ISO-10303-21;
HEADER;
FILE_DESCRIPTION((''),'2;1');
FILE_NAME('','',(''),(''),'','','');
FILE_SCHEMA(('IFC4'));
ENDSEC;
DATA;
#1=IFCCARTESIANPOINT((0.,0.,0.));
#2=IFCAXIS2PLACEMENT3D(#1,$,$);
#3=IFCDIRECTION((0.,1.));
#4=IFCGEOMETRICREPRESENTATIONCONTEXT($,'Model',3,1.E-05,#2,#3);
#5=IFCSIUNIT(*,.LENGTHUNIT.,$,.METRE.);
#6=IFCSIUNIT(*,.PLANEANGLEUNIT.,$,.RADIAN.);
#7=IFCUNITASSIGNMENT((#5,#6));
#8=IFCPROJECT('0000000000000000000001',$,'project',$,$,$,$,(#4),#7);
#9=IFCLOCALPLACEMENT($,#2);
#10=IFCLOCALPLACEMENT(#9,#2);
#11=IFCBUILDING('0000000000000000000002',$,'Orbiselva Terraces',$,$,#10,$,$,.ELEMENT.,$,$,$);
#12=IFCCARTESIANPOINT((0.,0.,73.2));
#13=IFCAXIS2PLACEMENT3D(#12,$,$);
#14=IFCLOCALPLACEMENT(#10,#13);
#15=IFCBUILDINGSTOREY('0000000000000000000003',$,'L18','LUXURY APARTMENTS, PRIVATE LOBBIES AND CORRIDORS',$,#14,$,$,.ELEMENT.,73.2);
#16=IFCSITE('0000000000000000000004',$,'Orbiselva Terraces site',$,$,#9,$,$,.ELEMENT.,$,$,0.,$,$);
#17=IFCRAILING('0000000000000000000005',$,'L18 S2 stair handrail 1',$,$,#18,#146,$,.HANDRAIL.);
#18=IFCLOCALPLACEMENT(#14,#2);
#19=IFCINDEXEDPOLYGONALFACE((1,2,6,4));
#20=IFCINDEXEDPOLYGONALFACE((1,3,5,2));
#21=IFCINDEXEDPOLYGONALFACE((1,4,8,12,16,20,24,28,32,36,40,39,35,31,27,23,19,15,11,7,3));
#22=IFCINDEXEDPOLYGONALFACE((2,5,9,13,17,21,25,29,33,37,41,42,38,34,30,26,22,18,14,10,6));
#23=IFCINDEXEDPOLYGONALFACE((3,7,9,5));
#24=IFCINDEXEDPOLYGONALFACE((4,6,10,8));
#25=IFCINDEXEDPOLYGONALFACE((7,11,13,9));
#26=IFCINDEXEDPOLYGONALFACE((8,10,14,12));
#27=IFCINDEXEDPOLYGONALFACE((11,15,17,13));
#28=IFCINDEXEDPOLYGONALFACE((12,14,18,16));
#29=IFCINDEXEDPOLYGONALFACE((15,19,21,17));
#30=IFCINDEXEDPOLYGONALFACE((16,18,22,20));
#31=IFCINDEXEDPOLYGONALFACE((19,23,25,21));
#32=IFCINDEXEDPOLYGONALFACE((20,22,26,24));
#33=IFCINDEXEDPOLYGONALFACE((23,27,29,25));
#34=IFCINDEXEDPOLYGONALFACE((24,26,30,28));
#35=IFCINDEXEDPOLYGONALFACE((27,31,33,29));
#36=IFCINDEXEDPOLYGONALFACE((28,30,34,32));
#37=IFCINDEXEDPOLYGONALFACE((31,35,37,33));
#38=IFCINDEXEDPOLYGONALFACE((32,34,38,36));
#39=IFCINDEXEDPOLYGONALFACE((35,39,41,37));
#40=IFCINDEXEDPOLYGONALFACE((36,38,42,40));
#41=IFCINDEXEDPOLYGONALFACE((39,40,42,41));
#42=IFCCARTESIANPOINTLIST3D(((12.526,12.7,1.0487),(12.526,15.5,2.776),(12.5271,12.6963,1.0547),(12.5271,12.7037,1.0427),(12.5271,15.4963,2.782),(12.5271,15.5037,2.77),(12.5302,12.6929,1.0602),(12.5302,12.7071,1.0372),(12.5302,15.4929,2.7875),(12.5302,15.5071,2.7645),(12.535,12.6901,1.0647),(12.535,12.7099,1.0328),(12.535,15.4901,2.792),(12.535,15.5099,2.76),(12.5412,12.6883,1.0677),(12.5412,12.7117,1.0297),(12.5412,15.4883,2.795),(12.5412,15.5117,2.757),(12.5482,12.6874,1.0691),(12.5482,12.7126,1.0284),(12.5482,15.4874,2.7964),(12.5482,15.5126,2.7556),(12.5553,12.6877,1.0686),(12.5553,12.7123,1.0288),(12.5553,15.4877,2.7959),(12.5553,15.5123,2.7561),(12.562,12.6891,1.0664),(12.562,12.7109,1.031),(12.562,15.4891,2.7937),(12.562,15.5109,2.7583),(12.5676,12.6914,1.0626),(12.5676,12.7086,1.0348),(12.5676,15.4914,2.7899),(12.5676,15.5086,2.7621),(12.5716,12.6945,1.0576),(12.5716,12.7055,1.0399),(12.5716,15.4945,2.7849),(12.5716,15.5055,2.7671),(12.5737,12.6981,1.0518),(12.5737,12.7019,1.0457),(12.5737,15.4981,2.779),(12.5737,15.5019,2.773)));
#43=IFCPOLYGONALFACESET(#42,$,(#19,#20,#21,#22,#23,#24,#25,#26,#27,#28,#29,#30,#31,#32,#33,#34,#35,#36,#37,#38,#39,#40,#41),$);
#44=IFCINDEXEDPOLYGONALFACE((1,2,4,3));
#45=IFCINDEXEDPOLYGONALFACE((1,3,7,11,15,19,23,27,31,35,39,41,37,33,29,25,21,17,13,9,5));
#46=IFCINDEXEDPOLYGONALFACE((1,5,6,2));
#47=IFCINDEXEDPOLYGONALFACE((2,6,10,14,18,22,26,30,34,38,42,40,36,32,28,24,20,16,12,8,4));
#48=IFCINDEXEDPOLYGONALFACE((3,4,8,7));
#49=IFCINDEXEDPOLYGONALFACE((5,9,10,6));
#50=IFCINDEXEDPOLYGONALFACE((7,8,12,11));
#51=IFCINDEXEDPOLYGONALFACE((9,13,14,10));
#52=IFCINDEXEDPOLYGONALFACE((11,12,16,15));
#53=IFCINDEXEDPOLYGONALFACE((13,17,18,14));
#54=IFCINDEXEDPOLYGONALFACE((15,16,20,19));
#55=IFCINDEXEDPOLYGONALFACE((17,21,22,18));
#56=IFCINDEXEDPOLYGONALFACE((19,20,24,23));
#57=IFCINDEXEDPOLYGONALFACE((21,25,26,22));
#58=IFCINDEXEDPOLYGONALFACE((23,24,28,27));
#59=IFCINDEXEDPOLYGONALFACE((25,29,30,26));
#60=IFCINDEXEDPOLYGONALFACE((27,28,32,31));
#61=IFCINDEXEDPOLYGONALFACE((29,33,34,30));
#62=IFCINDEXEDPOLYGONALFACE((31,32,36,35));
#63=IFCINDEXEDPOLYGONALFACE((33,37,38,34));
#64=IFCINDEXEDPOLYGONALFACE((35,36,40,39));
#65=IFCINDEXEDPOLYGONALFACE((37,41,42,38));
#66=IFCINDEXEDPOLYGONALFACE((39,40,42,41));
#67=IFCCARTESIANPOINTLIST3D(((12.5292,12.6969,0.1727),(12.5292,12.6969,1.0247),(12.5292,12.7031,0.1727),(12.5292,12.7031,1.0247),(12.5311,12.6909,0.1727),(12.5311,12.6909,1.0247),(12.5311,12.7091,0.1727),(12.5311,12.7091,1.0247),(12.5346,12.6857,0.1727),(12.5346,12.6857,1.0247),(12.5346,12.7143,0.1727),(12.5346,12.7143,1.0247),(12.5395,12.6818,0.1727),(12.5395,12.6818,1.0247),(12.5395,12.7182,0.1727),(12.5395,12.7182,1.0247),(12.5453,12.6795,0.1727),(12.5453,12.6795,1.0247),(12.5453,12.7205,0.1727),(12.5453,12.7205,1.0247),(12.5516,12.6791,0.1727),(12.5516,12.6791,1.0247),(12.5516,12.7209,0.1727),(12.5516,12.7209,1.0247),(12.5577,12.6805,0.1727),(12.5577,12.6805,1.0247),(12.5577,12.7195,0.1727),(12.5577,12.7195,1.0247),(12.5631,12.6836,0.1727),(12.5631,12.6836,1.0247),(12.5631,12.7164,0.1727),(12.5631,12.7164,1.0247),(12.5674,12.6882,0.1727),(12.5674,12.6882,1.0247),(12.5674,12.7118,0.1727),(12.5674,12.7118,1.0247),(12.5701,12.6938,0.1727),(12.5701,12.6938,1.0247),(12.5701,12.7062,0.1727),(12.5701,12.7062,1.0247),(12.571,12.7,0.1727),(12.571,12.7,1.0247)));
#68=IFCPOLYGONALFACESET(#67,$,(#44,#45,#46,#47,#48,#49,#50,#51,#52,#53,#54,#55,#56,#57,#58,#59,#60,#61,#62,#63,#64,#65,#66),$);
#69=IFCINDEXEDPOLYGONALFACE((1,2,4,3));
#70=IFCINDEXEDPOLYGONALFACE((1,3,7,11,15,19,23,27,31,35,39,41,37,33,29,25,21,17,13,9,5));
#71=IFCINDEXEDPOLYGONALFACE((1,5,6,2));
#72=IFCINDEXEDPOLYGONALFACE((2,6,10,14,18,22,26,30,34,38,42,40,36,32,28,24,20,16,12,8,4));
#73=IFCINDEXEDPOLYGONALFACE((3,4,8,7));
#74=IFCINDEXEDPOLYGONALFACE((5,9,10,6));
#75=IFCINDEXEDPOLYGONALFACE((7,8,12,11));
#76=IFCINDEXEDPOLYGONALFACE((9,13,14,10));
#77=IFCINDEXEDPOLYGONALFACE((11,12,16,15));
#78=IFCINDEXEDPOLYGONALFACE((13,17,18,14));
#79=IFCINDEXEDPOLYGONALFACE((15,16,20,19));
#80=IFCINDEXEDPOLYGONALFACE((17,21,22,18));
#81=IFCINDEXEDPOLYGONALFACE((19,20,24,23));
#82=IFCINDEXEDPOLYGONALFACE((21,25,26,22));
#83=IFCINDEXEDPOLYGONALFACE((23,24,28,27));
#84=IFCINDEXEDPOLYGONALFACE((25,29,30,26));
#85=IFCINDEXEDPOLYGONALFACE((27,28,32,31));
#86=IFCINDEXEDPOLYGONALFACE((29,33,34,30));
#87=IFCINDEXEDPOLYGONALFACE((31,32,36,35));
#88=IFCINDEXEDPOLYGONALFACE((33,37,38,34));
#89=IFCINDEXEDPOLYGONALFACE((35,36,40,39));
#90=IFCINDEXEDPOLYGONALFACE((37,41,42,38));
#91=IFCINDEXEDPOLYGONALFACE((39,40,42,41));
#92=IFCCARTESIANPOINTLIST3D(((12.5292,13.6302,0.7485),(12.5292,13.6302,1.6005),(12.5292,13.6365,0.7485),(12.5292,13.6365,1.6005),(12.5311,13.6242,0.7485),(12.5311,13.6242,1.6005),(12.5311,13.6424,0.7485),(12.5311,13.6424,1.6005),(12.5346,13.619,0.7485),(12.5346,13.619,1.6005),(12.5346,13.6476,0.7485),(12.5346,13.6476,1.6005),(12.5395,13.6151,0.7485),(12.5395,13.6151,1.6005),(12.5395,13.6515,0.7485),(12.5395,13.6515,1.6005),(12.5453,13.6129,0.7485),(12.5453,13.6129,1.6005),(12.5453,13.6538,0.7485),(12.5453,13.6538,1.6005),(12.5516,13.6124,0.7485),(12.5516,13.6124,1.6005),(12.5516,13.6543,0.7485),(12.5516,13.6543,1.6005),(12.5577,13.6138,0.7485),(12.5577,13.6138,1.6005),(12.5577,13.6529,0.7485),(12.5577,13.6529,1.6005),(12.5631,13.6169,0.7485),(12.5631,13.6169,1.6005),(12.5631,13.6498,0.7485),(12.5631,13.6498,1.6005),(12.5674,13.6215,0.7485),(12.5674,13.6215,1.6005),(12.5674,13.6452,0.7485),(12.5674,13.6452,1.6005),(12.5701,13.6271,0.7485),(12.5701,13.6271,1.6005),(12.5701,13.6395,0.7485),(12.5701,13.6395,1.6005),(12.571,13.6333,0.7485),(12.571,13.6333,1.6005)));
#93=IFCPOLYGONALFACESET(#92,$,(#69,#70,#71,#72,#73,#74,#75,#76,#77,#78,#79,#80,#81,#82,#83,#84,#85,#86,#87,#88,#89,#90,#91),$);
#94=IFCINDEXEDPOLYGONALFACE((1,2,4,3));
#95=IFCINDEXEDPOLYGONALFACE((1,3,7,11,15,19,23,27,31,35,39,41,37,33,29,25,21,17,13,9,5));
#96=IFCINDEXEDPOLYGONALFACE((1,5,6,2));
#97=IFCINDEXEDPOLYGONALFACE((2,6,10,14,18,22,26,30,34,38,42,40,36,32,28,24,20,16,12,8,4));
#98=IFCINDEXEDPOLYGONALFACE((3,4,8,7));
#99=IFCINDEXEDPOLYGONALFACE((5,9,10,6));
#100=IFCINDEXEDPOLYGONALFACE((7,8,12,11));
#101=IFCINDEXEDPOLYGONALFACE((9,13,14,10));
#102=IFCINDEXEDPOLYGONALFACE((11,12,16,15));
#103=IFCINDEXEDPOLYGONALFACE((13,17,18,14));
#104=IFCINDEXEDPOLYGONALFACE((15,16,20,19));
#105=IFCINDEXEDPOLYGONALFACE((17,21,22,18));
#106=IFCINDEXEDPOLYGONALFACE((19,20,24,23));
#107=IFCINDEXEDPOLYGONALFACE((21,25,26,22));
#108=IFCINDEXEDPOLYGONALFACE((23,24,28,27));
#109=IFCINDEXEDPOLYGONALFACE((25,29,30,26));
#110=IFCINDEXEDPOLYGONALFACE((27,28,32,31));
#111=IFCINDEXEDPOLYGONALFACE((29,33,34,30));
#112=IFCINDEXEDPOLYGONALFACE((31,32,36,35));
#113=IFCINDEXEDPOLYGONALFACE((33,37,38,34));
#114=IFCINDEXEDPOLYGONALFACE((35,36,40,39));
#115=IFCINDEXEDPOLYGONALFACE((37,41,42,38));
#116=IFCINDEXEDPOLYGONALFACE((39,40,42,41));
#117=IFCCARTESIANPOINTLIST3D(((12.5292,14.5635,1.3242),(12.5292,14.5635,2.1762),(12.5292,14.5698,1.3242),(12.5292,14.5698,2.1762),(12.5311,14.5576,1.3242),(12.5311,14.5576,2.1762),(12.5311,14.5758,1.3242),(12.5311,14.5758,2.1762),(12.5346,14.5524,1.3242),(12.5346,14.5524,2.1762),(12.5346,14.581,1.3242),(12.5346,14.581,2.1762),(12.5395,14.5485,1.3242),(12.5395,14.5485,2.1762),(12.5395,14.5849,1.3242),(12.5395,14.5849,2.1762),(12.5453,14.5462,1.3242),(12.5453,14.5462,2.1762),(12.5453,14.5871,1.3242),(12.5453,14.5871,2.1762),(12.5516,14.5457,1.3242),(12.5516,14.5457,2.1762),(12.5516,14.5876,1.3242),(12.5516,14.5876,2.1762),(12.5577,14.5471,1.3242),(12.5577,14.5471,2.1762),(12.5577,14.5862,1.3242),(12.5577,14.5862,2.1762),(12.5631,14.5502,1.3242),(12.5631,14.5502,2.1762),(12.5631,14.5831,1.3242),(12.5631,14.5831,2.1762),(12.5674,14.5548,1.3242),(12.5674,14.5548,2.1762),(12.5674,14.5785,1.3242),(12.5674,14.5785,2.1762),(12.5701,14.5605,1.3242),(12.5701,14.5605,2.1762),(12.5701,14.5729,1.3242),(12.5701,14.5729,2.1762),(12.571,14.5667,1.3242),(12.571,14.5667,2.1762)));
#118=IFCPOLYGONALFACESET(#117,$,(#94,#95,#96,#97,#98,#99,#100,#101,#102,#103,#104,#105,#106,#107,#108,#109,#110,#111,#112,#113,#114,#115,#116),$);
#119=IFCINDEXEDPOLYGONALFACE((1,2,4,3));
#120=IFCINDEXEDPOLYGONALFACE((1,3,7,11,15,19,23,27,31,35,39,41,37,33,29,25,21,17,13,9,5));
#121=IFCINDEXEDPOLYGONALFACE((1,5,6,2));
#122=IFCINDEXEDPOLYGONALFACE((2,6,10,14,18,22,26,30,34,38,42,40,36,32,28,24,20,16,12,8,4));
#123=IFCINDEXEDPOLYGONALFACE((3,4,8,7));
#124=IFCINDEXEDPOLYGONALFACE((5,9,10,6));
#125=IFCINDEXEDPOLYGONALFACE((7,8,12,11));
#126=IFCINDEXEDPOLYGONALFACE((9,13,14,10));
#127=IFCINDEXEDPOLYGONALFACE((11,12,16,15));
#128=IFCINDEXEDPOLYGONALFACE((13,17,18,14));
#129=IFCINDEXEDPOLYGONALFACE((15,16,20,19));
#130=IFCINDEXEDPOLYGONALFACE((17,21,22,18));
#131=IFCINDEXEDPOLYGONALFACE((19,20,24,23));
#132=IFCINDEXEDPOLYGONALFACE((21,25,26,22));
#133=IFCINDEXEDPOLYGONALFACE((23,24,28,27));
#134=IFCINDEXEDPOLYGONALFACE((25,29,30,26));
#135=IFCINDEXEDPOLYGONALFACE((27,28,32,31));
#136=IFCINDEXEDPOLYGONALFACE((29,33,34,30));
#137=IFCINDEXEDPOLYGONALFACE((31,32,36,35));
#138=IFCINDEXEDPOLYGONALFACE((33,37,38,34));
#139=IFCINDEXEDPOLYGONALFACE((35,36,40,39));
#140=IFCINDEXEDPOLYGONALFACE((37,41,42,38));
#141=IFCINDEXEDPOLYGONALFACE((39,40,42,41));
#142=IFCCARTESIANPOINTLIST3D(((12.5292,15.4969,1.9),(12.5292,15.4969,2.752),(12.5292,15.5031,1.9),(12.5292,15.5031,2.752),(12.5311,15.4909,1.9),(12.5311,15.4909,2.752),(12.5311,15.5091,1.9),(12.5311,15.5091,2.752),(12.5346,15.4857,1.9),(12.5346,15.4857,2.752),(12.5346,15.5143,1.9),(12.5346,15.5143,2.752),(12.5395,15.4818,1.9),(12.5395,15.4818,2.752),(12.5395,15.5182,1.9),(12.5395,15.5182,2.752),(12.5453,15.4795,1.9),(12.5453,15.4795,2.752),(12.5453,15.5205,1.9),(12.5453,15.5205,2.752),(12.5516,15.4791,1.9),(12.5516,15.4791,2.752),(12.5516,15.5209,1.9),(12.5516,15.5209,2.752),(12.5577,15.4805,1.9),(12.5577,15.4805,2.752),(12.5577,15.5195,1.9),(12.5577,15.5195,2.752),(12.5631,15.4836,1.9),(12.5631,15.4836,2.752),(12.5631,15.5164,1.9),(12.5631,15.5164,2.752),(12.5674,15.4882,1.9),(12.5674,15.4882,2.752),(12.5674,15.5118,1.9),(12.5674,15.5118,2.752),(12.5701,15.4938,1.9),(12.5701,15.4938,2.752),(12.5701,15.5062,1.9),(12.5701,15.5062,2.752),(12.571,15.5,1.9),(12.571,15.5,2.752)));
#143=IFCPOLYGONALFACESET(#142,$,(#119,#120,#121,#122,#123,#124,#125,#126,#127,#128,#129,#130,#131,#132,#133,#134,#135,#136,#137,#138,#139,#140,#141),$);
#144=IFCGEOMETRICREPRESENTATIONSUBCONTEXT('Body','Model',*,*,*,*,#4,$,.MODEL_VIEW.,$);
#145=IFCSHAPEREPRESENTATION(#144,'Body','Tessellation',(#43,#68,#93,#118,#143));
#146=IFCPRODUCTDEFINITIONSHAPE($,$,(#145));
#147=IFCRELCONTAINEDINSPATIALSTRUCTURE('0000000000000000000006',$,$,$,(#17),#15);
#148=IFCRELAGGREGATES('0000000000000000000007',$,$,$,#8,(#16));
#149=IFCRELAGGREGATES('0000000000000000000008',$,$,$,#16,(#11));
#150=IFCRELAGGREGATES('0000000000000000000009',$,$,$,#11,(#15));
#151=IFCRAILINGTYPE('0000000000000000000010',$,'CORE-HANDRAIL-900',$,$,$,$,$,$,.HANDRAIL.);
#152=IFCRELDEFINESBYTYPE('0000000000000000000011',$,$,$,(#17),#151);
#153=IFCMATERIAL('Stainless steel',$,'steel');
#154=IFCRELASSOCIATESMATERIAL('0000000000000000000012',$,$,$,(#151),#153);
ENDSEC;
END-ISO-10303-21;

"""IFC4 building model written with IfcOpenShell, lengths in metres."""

from ifc_helpers import new_model, si_unit, direction, frame, origin, origin_2d, place, context, subcontext, project, spatial, circle, extrude, material, type_object, element, save


model = new_model("IFC4")

# Units and contexts
model_context = context("Model", 3, precision=1e-05, world=origin(), true_north=direction((0.0, 1.0)))
body_context = subcontext(model_context, "Body", "Model", "MODEL_VIEW")
ifc_project = project(units=[si_unit("LENGTHUNIT", "METRE"), si_unit("PLANEANGLEUNIT", "RADIAN")], contexts=[model_context])

# Site, building, storey
site_placement = place(None, origin())
site = spatial("IfcSite", under=ifc_project, at=site_placement, Name="Orbiselva Terraces site", CompositionType="ELEMENT", RefElevation=0.0)
building_placement = place(site_placement, origin())
building = spatial("IfcBuilding", under=site, at=building_placement, Name="Orbiselva Terraces", CompositionType="ELEMENT")
storey_placement = place(building_placement, frame((0.0, 0.0, 73.2)))
storey = spatial("IfcBuildingStorey", under=building, at=storey_placement, Name="L18", Description="LUXURY APARTMENTS, PRIVATE LOBBIES AND CORRIDORS", CompositionType="ELEMENT", Elevation=73.2)

# Railing
ifc_material_1 = material(Name="Stainless steel", Category="steel")
railing_type = type_object("IfcRailingType", Name="CORE-HANDRAIL-900", PredefinedType="HANDRAIL", material=ifc_material_1)
railing_placement = place(storey_placement, frame((12.55, 12.7, 0.1727)))
element("IfcRailing", 1, at=railing_placement, inside=storey, type_object=railing_type, Name="L18 S2 stair handrail 1", PredefinedType="HANDRAIL", context=body_context, shape_type="SweptSolid", body=[
    extrude(circle(Radius=0.024, at=origin_2d()), frame((0.0, 0.0, 0.876), z_axis=(0.0, 0.851089, 0.525022), x_axis=(-1.0, 0.0, 0.0)), (0.0, 0.0, 1.0), 3.2899),
    extrude(circle(Radius=0.021, at=origin_2d()), origin(), (0.0, 0.0, 1.0), 0.852),
    extrude(circle(Radius=0.021, at=origin_2d()), frame((0.0, 0.9333, 0.5758)), (0.0, 0.0, 1.0), 0.852),
    extrude(circle(Radius=0.021, at=origin_2d()), frame((0.0, 1.8667, 1.1515)), (0.0, 0.0, 1.0), 0.852),
    extrude(circle(Radius=0.021, at=origin_2d()), frame((0.0, 2.8, 1.7273)), (0.0, 0.0, 1.0), 0.852),
])

save(model, "model.ifc")
